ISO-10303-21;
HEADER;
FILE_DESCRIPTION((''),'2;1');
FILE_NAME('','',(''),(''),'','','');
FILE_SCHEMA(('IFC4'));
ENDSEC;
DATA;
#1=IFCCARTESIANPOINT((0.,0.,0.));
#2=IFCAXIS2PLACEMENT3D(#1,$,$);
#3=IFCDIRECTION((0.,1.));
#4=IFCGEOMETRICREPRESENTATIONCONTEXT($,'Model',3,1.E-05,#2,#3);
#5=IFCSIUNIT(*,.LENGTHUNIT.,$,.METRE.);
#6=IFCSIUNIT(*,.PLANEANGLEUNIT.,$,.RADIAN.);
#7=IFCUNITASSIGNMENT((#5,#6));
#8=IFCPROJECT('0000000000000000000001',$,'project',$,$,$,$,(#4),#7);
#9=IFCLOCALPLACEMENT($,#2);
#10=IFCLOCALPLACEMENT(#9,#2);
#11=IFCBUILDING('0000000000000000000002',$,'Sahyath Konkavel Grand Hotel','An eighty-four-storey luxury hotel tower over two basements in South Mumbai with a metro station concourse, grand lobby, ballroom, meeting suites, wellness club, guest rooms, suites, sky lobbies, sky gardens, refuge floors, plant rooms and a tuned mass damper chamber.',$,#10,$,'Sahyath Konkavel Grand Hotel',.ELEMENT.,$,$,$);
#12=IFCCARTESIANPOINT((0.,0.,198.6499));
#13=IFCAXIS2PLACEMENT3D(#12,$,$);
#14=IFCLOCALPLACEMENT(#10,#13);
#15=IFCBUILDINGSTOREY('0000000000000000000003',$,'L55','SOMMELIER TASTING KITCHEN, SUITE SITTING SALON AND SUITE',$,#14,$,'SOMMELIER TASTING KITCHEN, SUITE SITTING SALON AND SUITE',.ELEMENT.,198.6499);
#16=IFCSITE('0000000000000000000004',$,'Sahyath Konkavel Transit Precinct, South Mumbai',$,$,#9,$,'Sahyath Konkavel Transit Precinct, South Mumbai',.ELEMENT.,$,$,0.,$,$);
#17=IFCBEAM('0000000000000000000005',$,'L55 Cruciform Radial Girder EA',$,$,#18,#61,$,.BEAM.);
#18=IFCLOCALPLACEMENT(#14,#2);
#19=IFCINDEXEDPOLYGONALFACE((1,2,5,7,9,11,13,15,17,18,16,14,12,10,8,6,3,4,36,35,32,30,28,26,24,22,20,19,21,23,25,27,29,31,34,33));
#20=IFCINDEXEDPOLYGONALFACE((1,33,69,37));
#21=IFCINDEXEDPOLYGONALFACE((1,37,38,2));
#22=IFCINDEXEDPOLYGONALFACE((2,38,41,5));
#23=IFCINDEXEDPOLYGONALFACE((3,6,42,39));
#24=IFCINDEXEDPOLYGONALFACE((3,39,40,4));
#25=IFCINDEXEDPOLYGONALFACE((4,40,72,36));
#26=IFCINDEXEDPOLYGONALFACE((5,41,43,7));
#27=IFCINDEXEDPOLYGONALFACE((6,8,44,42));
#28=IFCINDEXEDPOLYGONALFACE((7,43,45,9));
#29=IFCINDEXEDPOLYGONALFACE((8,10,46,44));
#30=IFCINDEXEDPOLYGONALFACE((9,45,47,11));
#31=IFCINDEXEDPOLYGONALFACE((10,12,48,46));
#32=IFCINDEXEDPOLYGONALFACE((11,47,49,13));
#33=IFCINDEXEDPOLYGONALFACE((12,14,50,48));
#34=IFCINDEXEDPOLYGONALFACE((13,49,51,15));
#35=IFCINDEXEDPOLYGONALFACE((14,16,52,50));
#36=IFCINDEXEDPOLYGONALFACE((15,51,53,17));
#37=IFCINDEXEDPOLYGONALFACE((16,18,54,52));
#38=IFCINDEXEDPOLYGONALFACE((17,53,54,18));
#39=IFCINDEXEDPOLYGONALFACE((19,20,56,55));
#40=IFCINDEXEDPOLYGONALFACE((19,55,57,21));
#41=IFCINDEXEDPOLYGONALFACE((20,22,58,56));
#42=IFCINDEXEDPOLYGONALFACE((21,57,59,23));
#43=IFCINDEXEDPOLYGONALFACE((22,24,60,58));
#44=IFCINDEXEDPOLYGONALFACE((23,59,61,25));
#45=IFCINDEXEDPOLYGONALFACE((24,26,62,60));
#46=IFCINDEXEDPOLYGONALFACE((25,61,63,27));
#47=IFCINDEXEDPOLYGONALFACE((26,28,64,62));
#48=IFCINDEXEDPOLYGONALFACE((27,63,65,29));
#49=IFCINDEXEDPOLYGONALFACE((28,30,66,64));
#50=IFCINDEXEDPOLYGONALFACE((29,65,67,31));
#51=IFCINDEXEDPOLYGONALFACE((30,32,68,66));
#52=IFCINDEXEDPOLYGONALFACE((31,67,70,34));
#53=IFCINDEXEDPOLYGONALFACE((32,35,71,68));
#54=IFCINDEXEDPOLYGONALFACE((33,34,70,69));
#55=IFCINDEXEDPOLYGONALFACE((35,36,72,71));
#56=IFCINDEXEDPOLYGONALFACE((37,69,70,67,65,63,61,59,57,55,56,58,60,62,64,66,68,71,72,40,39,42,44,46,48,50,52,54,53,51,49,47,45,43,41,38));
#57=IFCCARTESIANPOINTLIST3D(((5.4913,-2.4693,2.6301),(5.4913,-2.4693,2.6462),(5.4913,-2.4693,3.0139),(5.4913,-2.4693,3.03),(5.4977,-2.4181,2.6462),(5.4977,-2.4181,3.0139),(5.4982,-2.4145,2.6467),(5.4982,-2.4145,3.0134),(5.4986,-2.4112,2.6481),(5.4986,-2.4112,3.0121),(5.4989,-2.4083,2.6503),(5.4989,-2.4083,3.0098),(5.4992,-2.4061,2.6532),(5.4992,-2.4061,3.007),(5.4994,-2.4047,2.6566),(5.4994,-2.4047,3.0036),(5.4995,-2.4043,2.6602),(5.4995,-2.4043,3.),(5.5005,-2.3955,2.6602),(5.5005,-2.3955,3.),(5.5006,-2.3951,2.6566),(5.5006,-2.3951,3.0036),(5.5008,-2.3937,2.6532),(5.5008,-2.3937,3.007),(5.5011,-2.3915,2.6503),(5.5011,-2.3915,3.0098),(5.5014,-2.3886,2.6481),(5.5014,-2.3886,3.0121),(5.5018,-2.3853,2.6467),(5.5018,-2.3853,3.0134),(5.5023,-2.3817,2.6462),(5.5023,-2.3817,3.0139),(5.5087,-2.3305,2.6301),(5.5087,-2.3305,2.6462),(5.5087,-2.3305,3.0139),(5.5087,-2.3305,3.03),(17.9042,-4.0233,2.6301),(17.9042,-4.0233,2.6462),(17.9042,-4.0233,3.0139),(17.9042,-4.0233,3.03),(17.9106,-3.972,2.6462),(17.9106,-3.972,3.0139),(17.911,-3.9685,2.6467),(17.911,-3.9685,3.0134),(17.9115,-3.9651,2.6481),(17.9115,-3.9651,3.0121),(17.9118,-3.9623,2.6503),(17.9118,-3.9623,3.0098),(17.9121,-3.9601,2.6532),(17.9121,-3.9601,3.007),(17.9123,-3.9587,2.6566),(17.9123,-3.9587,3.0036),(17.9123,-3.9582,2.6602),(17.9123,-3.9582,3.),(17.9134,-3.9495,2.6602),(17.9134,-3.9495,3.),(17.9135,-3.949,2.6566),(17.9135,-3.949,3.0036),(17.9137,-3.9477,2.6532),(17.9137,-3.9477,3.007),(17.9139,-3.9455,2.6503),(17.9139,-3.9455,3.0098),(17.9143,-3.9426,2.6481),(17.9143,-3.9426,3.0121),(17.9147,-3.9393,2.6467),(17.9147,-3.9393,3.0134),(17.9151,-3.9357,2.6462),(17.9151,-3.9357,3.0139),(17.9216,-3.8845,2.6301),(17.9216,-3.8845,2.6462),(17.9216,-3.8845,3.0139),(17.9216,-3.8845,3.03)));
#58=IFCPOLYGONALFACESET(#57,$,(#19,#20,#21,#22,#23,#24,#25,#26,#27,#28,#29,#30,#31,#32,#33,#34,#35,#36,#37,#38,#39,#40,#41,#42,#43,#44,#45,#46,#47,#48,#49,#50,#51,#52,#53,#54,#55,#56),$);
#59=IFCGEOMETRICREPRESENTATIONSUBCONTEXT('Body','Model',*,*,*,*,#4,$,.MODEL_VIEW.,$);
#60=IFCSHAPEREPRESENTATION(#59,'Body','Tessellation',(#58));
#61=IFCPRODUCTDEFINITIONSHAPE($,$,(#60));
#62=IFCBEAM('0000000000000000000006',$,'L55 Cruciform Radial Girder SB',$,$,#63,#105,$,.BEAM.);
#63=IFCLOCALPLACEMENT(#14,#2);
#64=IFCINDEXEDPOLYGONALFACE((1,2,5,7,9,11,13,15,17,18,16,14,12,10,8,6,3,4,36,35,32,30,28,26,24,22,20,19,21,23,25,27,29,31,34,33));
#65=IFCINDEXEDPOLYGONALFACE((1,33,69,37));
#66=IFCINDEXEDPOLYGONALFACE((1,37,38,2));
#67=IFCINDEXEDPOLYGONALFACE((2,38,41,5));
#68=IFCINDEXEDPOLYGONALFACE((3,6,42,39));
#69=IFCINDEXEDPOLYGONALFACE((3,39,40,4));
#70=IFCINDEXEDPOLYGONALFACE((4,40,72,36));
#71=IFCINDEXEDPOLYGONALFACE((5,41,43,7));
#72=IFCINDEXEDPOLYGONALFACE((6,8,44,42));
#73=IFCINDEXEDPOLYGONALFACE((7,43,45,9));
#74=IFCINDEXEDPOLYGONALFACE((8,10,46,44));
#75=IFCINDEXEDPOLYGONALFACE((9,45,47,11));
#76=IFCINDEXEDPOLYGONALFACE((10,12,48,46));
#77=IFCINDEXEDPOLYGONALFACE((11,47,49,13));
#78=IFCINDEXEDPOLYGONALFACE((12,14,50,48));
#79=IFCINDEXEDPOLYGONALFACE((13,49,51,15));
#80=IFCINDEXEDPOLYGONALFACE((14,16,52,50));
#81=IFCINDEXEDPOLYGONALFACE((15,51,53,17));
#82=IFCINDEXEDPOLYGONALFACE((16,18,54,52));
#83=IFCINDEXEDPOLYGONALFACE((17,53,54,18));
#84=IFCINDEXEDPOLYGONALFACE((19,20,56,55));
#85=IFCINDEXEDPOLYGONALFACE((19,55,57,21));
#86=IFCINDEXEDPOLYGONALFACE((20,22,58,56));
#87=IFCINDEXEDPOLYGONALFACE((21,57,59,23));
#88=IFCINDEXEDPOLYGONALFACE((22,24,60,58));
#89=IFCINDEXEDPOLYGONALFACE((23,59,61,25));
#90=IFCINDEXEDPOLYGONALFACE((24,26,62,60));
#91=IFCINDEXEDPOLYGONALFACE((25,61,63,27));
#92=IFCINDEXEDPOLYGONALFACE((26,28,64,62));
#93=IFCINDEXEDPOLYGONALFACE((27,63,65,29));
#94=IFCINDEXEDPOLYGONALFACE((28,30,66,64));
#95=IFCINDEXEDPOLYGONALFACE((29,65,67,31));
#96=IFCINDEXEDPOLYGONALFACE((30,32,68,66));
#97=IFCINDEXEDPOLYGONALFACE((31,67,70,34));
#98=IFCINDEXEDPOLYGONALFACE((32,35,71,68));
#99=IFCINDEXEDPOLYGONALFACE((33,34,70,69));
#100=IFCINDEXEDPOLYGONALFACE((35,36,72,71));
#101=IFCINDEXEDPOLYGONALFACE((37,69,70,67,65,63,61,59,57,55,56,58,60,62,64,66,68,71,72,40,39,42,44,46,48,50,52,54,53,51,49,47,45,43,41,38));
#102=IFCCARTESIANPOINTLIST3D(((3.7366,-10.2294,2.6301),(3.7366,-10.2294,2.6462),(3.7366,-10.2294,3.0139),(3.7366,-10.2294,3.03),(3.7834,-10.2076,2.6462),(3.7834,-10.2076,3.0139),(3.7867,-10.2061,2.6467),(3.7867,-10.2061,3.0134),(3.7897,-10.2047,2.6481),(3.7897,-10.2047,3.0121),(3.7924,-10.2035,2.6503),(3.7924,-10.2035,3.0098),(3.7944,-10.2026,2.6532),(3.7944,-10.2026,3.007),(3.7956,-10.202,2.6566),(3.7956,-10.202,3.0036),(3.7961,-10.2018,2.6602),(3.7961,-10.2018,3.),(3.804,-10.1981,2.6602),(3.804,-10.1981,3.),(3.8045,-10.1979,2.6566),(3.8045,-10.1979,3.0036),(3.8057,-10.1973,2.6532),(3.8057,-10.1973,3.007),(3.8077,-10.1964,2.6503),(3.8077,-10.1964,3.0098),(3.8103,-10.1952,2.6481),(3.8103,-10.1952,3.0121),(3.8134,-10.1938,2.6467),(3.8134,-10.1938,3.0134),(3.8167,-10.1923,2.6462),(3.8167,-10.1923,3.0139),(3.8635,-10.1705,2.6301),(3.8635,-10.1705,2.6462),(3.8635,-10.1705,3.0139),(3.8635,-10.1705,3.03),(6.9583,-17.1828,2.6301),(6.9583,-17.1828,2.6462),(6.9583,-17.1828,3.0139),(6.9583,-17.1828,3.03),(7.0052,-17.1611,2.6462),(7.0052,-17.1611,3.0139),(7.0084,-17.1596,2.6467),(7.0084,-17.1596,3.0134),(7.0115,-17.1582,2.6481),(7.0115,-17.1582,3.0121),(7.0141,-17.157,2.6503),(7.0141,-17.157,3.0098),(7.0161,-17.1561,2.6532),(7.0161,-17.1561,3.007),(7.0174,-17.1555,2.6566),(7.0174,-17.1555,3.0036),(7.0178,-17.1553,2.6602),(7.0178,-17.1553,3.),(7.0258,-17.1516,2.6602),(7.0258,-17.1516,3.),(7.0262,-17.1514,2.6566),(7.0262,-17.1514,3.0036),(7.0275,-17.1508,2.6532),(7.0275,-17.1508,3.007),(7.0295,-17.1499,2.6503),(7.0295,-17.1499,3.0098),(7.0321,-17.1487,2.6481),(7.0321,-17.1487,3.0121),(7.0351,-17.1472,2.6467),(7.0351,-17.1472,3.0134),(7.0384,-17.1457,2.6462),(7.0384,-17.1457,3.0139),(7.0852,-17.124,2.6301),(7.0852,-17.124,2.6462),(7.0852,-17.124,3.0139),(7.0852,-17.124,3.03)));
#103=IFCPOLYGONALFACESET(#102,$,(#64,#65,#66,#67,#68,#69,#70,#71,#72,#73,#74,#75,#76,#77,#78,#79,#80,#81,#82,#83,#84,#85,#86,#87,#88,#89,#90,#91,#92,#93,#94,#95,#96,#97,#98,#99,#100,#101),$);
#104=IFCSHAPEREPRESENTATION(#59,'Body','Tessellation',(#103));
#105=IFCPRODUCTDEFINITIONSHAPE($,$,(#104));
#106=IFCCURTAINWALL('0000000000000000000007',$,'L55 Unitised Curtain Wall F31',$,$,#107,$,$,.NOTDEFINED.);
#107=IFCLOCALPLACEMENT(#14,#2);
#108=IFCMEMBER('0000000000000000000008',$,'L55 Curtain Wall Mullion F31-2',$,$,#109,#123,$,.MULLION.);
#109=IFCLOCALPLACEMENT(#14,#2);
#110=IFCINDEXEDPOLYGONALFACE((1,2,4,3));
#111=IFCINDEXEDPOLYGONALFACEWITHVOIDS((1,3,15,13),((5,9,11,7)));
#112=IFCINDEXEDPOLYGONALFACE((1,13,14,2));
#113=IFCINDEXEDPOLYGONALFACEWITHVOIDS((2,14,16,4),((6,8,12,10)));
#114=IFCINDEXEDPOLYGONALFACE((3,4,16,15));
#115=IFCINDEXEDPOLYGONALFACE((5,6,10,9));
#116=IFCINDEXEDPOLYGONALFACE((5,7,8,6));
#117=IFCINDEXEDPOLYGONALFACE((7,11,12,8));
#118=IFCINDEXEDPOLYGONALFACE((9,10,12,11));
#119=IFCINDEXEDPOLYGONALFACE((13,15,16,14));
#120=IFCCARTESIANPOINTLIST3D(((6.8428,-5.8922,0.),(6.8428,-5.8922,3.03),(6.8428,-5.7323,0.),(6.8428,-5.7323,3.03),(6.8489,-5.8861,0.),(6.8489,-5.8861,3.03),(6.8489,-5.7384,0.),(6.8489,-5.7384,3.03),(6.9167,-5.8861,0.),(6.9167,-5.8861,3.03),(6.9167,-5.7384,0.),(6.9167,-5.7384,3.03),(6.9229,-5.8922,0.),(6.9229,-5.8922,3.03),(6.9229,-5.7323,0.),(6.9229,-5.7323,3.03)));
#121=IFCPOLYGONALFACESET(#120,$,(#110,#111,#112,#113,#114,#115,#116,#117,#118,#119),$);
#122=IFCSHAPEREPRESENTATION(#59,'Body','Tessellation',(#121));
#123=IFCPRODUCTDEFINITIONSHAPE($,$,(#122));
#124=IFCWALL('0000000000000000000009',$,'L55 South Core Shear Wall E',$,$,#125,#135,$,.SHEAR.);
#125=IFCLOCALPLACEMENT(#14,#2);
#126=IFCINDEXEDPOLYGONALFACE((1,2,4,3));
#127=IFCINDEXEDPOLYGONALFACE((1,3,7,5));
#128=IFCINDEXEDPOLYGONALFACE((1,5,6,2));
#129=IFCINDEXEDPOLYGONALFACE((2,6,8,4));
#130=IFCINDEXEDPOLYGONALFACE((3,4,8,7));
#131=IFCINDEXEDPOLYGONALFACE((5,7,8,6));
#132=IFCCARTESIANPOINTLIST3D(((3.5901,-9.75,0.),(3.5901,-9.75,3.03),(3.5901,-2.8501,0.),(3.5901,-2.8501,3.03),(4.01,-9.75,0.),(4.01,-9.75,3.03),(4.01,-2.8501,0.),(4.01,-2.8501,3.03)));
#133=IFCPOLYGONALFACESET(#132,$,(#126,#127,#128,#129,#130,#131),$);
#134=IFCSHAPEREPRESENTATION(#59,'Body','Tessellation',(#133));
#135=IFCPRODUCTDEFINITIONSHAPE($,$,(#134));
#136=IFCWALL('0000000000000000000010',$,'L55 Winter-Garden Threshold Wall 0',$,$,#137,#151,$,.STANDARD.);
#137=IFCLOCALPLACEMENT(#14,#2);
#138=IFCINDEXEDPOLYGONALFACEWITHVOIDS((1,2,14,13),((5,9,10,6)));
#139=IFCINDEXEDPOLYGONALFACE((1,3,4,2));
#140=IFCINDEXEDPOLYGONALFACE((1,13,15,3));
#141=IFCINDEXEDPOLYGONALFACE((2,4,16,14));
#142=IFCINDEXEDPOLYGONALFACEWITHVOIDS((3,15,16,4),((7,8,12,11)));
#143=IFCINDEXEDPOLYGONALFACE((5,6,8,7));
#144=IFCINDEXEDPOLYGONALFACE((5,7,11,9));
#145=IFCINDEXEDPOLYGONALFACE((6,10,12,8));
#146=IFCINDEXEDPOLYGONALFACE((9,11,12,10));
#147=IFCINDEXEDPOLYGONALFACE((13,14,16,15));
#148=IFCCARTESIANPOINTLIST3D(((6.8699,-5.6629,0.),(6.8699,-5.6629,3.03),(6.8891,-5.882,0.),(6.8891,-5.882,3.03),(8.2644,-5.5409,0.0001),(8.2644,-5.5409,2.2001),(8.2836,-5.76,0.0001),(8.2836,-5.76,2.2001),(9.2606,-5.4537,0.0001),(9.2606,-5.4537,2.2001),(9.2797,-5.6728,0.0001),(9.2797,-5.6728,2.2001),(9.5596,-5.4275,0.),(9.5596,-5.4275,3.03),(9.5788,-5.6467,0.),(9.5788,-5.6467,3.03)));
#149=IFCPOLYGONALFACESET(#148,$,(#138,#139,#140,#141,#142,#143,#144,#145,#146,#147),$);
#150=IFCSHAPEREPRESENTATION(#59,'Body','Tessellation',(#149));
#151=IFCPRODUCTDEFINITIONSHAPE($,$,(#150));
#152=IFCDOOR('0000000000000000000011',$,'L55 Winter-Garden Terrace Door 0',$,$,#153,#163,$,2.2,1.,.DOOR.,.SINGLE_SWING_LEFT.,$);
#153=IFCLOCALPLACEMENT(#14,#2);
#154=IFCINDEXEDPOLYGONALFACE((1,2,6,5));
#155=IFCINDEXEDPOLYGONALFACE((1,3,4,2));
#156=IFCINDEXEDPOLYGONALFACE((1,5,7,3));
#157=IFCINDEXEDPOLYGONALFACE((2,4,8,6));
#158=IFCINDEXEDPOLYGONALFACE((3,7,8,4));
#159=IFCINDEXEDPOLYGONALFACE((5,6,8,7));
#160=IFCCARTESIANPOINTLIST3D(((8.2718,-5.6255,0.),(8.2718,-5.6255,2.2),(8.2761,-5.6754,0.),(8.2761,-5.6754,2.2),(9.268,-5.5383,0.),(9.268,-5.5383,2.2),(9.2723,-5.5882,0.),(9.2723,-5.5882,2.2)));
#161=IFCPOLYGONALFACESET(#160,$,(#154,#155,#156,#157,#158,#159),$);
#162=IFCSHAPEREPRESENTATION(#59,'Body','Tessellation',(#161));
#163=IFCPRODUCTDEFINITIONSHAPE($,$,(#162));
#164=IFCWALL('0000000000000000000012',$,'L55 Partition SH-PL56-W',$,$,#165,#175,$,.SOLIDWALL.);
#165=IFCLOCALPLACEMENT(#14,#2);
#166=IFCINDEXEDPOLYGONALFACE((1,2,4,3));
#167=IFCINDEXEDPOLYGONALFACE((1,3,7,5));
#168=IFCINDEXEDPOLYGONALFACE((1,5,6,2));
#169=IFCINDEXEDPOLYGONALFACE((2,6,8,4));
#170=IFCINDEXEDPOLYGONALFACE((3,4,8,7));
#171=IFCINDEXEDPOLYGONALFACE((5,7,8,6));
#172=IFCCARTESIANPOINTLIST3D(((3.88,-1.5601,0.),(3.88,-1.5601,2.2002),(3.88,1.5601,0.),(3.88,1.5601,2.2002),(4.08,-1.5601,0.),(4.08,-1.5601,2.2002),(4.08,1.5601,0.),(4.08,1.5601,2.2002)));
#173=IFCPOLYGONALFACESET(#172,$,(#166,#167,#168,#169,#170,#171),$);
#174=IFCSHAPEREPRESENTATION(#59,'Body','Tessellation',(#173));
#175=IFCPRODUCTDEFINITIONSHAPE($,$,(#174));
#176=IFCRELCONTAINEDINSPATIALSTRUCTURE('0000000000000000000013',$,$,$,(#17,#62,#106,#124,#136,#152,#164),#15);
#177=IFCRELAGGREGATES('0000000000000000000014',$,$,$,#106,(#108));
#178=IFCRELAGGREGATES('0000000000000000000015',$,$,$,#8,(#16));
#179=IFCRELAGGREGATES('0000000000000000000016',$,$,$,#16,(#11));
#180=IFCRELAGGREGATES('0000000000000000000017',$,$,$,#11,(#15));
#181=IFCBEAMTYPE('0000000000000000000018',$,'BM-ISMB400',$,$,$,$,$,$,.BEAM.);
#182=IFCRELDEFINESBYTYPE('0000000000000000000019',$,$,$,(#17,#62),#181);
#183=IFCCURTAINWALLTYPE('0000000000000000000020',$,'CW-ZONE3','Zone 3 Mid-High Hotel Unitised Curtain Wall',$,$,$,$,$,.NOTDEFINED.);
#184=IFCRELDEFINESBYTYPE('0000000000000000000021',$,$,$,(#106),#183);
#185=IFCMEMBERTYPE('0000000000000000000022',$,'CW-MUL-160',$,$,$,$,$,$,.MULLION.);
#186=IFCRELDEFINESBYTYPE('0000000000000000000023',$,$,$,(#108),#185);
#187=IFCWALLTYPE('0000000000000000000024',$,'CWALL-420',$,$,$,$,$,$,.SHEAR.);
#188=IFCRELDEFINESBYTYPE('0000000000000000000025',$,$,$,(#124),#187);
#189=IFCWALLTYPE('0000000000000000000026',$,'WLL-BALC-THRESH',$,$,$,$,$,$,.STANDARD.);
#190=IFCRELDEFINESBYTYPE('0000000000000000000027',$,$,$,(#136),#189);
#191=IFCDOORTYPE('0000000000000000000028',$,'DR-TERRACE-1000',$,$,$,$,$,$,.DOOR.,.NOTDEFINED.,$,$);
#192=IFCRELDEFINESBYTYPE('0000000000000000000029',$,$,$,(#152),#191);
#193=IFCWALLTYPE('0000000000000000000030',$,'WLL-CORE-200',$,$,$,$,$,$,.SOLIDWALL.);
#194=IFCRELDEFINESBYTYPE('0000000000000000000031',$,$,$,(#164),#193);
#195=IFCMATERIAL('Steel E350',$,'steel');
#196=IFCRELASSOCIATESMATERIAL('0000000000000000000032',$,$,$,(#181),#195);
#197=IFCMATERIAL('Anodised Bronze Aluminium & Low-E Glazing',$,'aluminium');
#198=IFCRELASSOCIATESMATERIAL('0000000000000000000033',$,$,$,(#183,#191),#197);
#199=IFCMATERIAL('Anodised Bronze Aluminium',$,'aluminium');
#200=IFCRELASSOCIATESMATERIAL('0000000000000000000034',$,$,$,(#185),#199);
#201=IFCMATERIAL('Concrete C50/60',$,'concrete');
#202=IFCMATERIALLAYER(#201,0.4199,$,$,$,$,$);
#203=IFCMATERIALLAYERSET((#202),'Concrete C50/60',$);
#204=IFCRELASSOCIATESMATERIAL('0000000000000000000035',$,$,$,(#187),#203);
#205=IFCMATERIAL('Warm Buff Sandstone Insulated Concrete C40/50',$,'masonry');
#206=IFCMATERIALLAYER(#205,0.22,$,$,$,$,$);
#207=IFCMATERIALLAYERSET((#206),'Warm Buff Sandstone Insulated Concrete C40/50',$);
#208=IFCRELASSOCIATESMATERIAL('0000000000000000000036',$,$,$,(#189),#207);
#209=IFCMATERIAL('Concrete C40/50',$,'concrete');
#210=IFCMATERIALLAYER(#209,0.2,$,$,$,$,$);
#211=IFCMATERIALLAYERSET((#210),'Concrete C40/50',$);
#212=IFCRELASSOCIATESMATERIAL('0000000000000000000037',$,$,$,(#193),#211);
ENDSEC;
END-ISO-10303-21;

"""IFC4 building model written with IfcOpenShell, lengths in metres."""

from ifc_helpers import new_model, si_unit, direction, frame, frame_2d, origin, origin_2d, place, context, subcontext, project, spatial, rectangle, hollow_rectangle, i_section, extrude, source, transform, mapped, material, layer, layer_set, material_profile, profile_set, type_object, element, fill, aggregate, save


model = new_model("IFC4")

# Units and contexts
model_context = context("Model", 3, precision=1e-05, world=origin(), true_north=direction((0.0, 1.0)))
body_context = subcontext(model_context, "Body", "Model", "MODEL_VIEW")
ifc_project = project(units=[si_unit("LENGTHUNIT", "METRE"), si_unit("PLANEANGLEUNIT", "RADIAN")], contexts=[model_context])

# Site, building, storey
site_placement = place(None, origin())
site = spatial("IfcSite", under=ifc_project, at=site_placement, Name="Sahyath Konkavel Transit Precinct, South Mumbai", LongName="Sahyath Konkavel Transit Precinct, South Mumbai", CompositionType="ELEMENT", RefElevation=0.0)
building_placement = place(site_placement, origin())
building = spatial("IfcBuilding", under=site, at=building_placement, Name="Sahyath Konkavel Grand Hotel", Description="An eighty-four-storey luxury hotel tower over two basements in South Mumbai with a metro station concourse, grand lobby, ballroom, meeting suites, wellness club, guest rooms, suites, sky lobbies, sky gardens, refuge floors, plant rooms and a tuned mass damper chamber.", LongName="Sahyath Konkavel Grand Hotel", CompositionType="ELEMENT")
storey_placement = place(building_placement, frame((0.0, 0.0, 198.6499)))
storey = spatial("IfcBuildingStorey", under=building, at=storey_placement, Name="L55", Description="SOMMELIER TASTING KITCHEN, SUITE SITTING SALON AND SUITE", LongName="SOMMELIER TASTING KITCHEN, SUITE SITTING SALON AND SUITE", CompositionType="ELEMENT", Elevation=198.6499)

# Shared definitions
ifc_material_1 = material(Name="Concrete C50/60", Category="concrete")

# Beams
ifc_material_2 = material(Name="Steel E350", Category="steel")
ifc_material_profile_1 = material_profile(ifc_material_2, i_section(OverallWidth=0.1399, OverallDepth=0.3999, WebThickness=0.0088, FlangeThickness=0.0161, FilletRadius=0.0139, at=origin_2d()), Name="ISMB 400")
ifc_profile_set_1 = profile_set([ifc_material_profile_1], Name="Steel E350")
beam_type_1 = type_object("IfcBeamType", Name="BM-ISMB400", PredefinedType="BEAM", material=ifc_profile_set_1)
shared_shape_1 = source(origin(), body_context, "Body", "SweptSolid", [
    extrude(i_section(OverallWidth=0.1399, OverallDepth=0.3999, WebThickness=0.0088, FlangeThickness=0.0161, FilletRadius=0.0139, at=origin_2d()), origin(), (0.0, 0.0, 1.0), 12.5098),
])
beam_1_placement = place(storey_placement, frame((5.5, -2.3999, 2.8301), z_axis=(0.992255, -0.12422, 0.0), x_axis=(0.12422, 0.992255, 0.0)))
element("IfcBeam", 1, at=beam_1_placement, inside=storey, type_object=beam_type_1, Name="L55 Cruciform Radial Girder EA", PredefinedType="BEAM", context=body_context, shape_type="MappedRepresentation", body=[
    mapped(shared_shape_1, transform((0.0, 0.0, 0.0), scale=1.0)),
])
shared_shape_2 = source(origin(), body_context, "Body", "SweptSolid", [
    extrude(i_section(OverallWidth=0.1399, OverallDepth=0.3999, WebThickness=0.0088, FlangeThickness=0.0161, FilletRadius=0.0139, at=origin_2d()), origin(), (0.0, 0.0, 1.0), 7.6636),
])
beam_2_placement = place(storey_placement, frame((3.8, -10.2, 2.8301), z_axis=(0.420395, -0.907341, 0.0), x_axis=(0.907341, 0.420395, 0.0)))
element("IfcBeam", 2, at=beam_2_placement, inside=storey, type_object=beam_type_1, Name="L55 Cruciform Radial Girder SB", PredefinedType="BEAM", context=body_context, shape_type="MappedRepresentation", body=[
    mapped(shared_shape_2, transform((0.0, 0.0, 0.0), scale=1.0)),
])

# Curtain wall, member
ifc_material_3 = material(Name="Anodised Bronze Aluminium & Low-E Glazing", Category="aluminium")
curtain_wall_type = type_object("IfcCurtainWallType", Name="CW-ZONE3", Description="Zone 3 Mid-High Hotel Unitised Curtain Wall", PredefinedType="NOTDEFINED", material=ifc_material_3)
curtain_wall_placement = place(storey_placement, origin())
curtain_wall = element("IfcCurtainWall", 3, at=curtain_wall_placement, inside=storey, type_object=curtain_wall_type, Name="L55 Unitised Curtain Wall F31", PredefinedType="NOTDEFINED")
ifc_material_4 = material(Name="Anodised Bronze Aluminium", Category="aluminium")
ifc_material_profile_2 = material_profile(ifc_material_4, hollow_rectangle(XDim=0.0801, YDim=0.1599, WallThickness=0.0061, at=origin_2d()), Name="RHS 160x80x6")
ifc_profile_set_2 = profile_set([ifc_material_profile_2], Name="Anodised Bronze Aluminium")
member_type = type_object("IfcMemberType", Name="CW-MUL-160", PredefinedType="MULLION", material=ifc_profile_set_2)
shared_shape_3 = source(origin(), body_context, "Body", "SweptSolid", [
    extrude(hollow_rectangle(XDim=0.0801, YDim=0.1599, WallThickness=0.0061, at=origin_2d()), origin(), (0.0, 0.0, 1.0), 3.03),
])
member_placement = place(storey_placement, frame((6.8828, -5.8123, 0.0), z_axis=(0.0, 0.0, 1.0), x_axis=(1.0, 0.0, 0.0)))
member = element("IfcMember", 4, at=member_placement, type_object=member_type, Name="L55 Curtain Wall Mullion F31-2", PredefinedType="MULLION", context=body_context, shape_type="MappedRepresentation", body=[
    mapped(shared_shape_3, transform((0.0, 0.0, 0.0), scale=1.0)),
])
aggregate(curtain_wall, [member])

# Wall
ifc_layer_1 = layer(ifc_material_1, 0.4199)
ifc_layer_set_1 = layer_set([ifc_layer_1], Name="Concrete C50/60")
wall_type_1 = type_object("IfcWallType", Name="CWALL-420", PredefinedType="SHEAR", material=ifc_layer_set_1)
wall_1_placement = place(storey_placement, frame((3.8, -9.75, 0.0), z_axis=(0.0, 0.0, 1.0), x_axis=(0.0, 1.0, 0.0)))
element("IfcWall", 5, at=wall_1_placement, inside=storey, type_object=wall_type_1, Name="L55 South Core Shear Wall E", PredefinedType="SHEAR", context=body_context, shape_type="SweptSolid", body=[
    extrude(rectangle(XDim=6.8999, YDim=0.4199, at=frame_2d((3.45, 0.0))), origin(), (0.0, 0.0, 1.0), 3.03),
])

# Wall, opening, door
ifc_material_5 = material(Name="Warm Buff Sandstone Insulated Concrete C40/50", Category="masonry")
ifc_layer_2 = layer(ifc_material_5, 0.22)
ifc_layer_set_2 = layer_set([ifc_layer_2], Name="Warm Buff Sandstone Insulated Concrete C40/50")
wall_type_2 = type_object("IfcWallType", Name="WLL-BALC-THRESH", PredefinedType="STANDARD", material=ifc_layer_set_2)
wall_2_placement = place(storey_placement, frame((6.8794, -5.7725, 0.0), z_axis=(0.0, 0.0, 1.0), x_axis=(0.996194, 0.087168, 0.0)))
wall_2 = element("IfcWall", 6, at=wall_2_placement, inside=storey, type_object=wall_type_2, Name="L55 Winter-Garden Threshold Wall 0", PredefinedType="STANDARD", context=body_context, shape_type="SweptSolid", body=[
    extrude(rectangle(XDim=2.7, YDim=0.22, at=frame_2d((1.3501, 0.0))), origin(), (0.0, 0.0, 1.0), 3.03),
])
opening_1_placement = place(wall_2_placement, frame((1.3999, 0.0, 0.0)))
opening_1 = element("IfcOpeningElement", 7, at=opening_1_placement, cuts=wall_2, PredefinedType="OPENING", context=body_context, shape_type="SweptSolid", body=[
    extrude(rectangle(XDim=1.0, YDim=2.2, at=frame_2d((0.5, 1.1001))), frame((0.0, 0.1201, 0.0), z_axis=(0.0, -1.0, 0.0), x_axis=(1.0, 0.0, 0.0)), (0.0, 0.0, 1.0), 0.24),
])
door_type_1 = type_object("IfcDoorType", Name="DR-TERRACE-1000", OperationType="NOTDEFINED", PredefinedType="DOOR", material=ifc_material_3)
shared_shape_4 = source(origin(), body_context, "Body", "SweptSolid", [
    extrude(rectangle(XDim=1.0, YDim=0.05, at=origin_2d()), origin(), (0.0, 0.0, 1.0), 2.2),
])
door_1_placement = place(opening_1_placement, frame((0.5, 0.0, 0.0)))
door_1 = element("IfcDoor", 8, at=door_1_placement, inside=storey, type_object=door_type_1, Name="L55 Winter-Garden Terrace Door 0", OperationType="SINGLE_SWING_LEFT", OverallHeight=2.2, OverallWidth=1.0, PredefinedType="DOOR", context=body_context, shape_type="MappedRepresentation", body=[
    mapped(shared_shape_4, transform((0.0, 0.0, 0.0), scale=1.0)),
])
fill(opening_1, door_1)

# Wall
ifc_material_6 = material(Name="Concrete C40/50", Category="concrete")
ifc_layer_3 = layer(ifc_material_6, 0.2)
ifc_layer_set_3 = layer_set([ifc_layer_3], Name="Concrete C40/50")
wall_type_3 = type_object("IfcWallType", Name="WLL-CORE-200", PredefinedType="SOLIDWALL", material=ifc_layer_set_3)
wall_3_placement = place(storey_placement, frame((3.98, -1.5601, 0.0), z_axis=(0.0, 0.0, 1.0), x_axis=(0.0, 1.0, 0.0)))
element("IfcWall", 9, at=wall_3_placement, inside=storey, type_object=wall_type_3, Name="L55 Partition SH-PL56-W", PredefinedType="SOLIDWALL", context=body_context, shape_type="SweptSolid", body=[
    extrude(rectangle(XDim=3.1201, YDim=0.2, at=frame_2d((1.5601, 0.0))), origin(), (0.0, 0.0, 1.0), 2.2002),
])

save(model, "model.ifc")
